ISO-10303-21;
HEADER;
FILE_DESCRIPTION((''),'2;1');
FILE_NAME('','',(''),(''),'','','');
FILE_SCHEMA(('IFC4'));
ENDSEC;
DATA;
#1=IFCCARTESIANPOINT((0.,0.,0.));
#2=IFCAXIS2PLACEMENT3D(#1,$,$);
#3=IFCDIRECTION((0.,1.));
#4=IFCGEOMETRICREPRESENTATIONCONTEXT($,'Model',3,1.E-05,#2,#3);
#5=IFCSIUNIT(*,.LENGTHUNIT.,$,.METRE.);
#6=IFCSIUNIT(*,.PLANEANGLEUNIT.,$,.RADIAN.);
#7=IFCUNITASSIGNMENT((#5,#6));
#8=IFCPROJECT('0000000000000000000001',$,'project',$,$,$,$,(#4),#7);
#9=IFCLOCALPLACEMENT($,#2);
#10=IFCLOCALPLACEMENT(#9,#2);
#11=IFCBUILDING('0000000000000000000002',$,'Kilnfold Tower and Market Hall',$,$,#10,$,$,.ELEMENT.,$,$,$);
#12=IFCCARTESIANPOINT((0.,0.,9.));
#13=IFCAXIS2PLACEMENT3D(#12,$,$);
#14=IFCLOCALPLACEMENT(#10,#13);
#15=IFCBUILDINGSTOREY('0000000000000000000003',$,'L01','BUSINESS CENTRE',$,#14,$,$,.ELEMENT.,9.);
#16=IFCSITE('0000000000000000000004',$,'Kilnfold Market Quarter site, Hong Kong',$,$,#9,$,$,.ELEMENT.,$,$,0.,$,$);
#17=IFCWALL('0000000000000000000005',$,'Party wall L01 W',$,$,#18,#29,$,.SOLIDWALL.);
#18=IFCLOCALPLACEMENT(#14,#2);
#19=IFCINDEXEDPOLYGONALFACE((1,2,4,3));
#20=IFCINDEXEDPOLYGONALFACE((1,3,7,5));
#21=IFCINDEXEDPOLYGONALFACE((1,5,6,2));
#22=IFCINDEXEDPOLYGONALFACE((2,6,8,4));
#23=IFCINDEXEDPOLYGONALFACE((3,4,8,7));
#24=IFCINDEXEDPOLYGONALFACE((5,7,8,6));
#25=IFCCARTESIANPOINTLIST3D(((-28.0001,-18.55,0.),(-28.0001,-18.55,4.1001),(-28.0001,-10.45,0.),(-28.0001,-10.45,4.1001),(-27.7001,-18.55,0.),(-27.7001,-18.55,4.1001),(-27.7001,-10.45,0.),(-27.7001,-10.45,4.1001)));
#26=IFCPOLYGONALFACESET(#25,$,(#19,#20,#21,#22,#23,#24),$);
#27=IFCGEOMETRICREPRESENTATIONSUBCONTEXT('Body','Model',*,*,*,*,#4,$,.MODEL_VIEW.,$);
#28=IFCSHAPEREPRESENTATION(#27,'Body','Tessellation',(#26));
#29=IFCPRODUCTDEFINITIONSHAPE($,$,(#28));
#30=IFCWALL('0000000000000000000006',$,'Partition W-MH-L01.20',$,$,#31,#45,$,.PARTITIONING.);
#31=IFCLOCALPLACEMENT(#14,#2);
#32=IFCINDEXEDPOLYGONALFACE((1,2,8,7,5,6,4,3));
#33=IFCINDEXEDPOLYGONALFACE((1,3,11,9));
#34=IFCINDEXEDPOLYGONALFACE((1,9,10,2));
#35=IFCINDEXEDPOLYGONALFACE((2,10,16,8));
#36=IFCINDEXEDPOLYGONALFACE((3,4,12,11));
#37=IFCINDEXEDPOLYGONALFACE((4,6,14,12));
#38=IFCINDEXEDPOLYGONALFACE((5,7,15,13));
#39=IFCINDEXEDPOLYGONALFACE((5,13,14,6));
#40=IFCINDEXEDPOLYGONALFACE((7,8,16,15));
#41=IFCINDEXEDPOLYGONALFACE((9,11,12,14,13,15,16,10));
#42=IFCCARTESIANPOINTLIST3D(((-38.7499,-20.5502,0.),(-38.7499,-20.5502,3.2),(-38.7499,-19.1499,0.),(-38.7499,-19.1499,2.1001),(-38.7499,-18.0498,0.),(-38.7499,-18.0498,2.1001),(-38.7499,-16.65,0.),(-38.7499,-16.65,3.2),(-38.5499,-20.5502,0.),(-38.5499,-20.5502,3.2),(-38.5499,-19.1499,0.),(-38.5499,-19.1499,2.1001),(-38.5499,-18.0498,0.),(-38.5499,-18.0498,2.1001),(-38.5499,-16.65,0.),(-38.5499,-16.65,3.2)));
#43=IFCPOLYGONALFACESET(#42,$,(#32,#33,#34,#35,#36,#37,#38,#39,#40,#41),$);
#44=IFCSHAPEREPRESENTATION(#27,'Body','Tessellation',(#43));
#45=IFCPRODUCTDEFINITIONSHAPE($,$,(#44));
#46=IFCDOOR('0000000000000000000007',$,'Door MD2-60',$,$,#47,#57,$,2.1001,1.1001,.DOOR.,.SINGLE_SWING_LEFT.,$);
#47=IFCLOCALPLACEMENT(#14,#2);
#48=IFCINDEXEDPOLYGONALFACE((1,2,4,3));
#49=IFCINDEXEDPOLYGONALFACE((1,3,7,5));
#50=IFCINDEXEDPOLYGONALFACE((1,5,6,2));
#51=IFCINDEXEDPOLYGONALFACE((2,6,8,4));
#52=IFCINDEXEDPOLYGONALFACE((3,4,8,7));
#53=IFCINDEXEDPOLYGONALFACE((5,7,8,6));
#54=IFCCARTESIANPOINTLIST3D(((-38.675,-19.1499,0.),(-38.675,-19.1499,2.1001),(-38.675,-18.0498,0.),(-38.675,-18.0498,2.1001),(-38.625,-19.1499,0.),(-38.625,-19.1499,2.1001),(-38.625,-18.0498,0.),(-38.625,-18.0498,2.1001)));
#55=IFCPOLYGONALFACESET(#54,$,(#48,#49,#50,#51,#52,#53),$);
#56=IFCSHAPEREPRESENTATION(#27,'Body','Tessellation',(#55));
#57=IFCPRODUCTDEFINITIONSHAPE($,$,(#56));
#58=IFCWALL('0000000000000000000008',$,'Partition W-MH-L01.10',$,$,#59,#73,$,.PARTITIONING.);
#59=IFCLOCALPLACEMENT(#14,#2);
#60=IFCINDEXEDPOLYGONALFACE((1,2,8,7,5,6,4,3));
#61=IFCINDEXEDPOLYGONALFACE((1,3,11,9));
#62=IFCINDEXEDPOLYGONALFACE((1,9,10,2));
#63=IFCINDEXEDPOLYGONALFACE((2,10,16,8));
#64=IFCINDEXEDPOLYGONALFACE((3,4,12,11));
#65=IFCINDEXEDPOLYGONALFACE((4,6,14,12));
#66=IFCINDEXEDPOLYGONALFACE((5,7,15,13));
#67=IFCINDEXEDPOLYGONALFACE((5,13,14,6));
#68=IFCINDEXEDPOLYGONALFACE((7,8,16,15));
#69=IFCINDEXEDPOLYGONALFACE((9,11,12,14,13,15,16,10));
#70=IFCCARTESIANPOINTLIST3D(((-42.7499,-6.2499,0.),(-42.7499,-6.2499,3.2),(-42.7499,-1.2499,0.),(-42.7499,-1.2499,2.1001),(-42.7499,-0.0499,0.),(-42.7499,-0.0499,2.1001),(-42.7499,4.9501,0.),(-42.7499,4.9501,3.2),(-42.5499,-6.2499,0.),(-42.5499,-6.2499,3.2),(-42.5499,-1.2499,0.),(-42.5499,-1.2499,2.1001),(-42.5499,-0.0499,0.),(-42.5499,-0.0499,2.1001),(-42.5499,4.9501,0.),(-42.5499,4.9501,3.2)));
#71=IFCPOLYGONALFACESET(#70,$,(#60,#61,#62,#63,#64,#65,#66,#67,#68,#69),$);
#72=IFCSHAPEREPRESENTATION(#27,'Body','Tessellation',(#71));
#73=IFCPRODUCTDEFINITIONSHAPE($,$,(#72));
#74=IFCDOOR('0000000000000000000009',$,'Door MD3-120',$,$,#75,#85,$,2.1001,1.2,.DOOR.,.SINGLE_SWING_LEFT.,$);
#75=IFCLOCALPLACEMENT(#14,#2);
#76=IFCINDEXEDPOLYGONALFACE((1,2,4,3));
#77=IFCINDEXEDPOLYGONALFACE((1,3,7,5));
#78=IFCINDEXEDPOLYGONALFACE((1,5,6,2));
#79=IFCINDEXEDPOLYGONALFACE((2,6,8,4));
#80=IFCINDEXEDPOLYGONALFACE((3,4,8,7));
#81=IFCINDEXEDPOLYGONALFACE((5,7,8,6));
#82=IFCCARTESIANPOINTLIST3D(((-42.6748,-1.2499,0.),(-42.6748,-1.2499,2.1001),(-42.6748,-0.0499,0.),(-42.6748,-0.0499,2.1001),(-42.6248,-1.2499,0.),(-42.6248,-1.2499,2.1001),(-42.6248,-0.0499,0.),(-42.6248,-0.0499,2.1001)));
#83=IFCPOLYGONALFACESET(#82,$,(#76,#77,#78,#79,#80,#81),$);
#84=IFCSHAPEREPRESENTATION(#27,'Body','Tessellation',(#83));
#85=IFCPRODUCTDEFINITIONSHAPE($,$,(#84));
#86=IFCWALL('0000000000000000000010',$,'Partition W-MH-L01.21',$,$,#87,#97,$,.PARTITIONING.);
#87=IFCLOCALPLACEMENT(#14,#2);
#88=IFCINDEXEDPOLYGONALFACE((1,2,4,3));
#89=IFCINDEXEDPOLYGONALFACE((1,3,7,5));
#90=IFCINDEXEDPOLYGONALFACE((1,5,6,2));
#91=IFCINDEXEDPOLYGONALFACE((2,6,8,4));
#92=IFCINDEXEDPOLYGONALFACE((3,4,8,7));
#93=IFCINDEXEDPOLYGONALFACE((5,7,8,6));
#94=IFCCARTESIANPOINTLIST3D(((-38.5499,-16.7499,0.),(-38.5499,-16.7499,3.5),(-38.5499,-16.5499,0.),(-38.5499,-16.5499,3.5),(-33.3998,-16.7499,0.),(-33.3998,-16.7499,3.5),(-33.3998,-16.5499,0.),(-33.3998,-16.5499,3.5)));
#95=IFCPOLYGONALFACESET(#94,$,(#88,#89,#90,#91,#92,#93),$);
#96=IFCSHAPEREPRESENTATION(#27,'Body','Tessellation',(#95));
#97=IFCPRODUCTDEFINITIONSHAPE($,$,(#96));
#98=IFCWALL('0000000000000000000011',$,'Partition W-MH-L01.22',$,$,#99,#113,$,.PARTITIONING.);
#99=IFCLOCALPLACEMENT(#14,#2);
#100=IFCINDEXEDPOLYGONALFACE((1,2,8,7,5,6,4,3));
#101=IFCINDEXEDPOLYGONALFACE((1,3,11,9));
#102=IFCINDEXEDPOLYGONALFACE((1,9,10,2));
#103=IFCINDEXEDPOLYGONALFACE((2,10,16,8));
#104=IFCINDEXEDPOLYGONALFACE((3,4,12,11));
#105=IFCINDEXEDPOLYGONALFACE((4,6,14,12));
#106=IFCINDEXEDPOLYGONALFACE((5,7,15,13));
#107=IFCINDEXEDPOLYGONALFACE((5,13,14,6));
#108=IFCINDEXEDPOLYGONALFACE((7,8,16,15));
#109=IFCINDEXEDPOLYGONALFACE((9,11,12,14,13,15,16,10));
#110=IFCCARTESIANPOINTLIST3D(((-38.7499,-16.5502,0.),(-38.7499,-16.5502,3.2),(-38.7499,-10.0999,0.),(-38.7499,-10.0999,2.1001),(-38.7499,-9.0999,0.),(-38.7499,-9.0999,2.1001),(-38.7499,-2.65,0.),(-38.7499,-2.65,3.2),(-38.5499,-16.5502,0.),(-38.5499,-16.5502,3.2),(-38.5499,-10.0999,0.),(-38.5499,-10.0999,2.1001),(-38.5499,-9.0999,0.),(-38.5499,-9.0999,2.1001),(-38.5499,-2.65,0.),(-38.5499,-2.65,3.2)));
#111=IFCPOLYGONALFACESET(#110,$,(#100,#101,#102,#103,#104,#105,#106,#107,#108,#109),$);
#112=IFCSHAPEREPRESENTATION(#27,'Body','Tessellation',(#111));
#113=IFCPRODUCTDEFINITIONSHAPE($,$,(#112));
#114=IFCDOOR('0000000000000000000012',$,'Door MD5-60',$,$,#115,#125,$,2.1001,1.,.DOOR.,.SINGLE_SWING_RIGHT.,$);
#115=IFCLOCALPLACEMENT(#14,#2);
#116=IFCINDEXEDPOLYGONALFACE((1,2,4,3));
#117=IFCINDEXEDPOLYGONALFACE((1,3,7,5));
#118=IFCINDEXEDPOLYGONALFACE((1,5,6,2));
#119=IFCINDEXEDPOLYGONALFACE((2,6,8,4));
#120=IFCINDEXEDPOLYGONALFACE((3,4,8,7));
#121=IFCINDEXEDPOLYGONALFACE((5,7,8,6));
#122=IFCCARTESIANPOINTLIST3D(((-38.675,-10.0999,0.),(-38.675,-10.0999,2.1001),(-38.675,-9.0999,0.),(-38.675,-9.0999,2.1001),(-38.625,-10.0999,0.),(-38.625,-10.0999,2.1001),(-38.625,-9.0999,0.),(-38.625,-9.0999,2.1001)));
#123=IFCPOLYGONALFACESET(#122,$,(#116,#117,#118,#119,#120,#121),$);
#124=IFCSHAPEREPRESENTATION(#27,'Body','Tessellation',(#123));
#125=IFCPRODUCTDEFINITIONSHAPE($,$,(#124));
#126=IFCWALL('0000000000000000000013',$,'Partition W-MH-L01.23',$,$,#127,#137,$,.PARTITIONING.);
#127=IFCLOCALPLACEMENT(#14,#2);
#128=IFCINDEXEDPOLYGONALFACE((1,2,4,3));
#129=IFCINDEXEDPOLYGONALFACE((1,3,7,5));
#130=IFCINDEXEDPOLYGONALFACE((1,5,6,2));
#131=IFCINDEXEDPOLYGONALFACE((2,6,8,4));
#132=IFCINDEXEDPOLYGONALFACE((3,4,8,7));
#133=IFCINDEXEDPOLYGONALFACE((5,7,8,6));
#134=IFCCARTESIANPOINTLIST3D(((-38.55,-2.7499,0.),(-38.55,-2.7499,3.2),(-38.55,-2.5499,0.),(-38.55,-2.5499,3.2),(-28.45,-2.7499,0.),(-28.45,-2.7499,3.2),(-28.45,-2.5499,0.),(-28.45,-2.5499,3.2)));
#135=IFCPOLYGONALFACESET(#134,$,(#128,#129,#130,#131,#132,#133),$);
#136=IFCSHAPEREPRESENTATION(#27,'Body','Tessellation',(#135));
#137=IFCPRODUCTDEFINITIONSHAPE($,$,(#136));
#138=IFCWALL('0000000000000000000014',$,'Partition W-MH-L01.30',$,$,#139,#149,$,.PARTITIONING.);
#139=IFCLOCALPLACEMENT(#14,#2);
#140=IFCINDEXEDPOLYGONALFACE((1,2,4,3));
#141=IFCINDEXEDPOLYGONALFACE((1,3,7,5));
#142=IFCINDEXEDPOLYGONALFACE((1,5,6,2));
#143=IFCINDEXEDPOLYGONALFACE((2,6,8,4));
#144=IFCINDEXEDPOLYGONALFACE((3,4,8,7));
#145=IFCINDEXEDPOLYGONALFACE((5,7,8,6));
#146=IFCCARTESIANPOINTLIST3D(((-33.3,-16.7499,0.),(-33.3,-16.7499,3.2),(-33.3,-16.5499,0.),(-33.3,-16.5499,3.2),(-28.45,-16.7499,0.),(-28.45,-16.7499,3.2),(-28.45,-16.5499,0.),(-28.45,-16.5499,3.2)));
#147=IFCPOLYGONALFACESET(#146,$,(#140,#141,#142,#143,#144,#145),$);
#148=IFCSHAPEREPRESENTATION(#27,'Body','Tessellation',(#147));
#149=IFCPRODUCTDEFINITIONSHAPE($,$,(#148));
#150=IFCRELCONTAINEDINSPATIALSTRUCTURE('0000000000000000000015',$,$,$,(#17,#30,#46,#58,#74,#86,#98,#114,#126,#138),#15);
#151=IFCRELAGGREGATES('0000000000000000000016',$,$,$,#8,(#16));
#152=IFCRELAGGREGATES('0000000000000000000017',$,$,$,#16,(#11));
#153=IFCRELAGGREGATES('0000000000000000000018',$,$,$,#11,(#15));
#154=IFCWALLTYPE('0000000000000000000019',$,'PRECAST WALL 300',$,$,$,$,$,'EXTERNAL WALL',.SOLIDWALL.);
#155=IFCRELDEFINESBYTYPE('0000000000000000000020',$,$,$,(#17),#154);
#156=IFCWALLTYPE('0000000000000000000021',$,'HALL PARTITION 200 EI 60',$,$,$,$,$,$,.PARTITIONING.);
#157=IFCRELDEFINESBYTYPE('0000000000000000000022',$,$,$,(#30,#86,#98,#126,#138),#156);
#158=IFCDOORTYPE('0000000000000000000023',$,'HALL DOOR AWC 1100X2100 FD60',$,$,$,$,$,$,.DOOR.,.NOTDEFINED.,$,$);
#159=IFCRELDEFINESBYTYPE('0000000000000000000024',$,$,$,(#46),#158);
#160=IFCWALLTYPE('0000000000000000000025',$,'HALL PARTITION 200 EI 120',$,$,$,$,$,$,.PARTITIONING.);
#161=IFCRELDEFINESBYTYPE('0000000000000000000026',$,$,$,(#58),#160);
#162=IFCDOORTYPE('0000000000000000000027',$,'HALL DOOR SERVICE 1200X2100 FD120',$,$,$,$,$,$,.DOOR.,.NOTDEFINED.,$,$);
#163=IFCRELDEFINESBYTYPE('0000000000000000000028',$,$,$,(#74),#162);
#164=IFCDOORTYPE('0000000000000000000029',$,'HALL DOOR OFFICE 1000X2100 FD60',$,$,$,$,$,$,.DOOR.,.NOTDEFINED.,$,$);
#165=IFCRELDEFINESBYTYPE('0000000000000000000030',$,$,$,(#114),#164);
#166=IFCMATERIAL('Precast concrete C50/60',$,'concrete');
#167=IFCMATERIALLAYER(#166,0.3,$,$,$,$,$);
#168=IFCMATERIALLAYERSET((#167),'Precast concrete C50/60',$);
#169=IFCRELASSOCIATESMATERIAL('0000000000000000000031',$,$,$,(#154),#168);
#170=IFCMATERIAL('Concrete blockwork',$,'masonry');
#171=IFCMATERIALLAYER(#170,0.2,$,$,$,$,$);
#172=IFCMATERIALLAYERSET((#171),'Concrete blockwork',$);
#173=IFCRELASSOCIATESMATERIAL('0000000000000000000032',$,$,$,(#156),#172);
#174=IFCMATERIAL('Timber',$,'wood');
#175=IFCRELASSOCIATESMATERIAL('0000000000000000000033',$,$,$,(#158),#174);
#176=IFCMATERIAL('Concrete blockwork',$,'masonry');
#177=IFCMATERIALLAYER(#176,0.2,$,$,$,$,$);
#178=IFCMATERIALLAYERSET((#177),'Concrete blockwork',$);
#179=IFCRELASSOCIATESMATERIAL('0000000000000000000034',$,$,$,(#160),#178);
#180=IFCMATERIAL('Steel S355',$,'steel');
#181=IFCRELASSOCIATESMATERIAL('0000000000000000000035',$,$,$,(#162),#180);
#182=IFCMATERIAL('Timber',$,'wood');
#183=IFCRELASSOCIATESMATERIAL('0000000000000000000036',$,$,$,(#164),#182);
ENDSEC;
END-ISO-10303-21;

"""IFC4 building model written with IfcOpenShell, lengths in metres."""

from ifc_helpers import new_model, si_unit, direction, frame, frame_2d, origin, place, context, subcontext, project, spatial, rectangle, extrude, source, transform, mapped, material, layer, layer_set, type_object, element, fill, save


model = new_model("IFC4")

# Units and contexts
model_context = context("Model", 3, precision=1e-05, world=origin(), true_north=direction((0.0, 1.0)))
body_context = subcontext(model_context, "Body", "Model", "MODEL_VIEW")
ifc_project = project(units=[si_unit("LENGTHUNIT", "METRE"), si_unit("PLANEANGLEUNIT", "RADIAN")], contexts=[model_context])

# Site, building, storey
site_placement = place(None, origin())
site = spatial("IfcSite", under=ifc_project, at=site_placement, Name="Kilnfold Market Quarter site, Hong Kong", CompositionType="ELEMENT", RefElevation=0.0)
building_placement = place(site_placement, origin())
building = spatial("IfcBuilding", under=site, at=building_placement, Name="Kilnfold Tower and Market Hall", CompositionType="ELEMENT")
storey_placement = place(building_placement, frame((0.0, 0.0, 9.0)))
storey = spatial("IfcBuildingStorey", under=building, at=storey_placement, Name="L01", Description="BUSINESS CENTRE", CompositionType="ELEMENT", Elevation=9.0)

# Wall
ifc_material_1 = material(Name="Precast concrete C50/60", Category="concrete")
ifc_layer_1 = layer(ifc_material_1, 0.3)
ifc_layer_set_1 = layer_set([ifc_layer_1], Name="Precast concrete C50/60")
wall_type_1 = type_object("IfcWallType", Name="PRECAST WALL 300", ElementType="EXTERNAL WALL", PredefinedType="SOLIDWALL", material=ifc_layer_set_1)
shared_shape_1 = source(origin(), body_context, "Body", "SweptSolid", [
    extrude(rectangle(XDim=8.1001, YDim=0.3, at=frame_2d((4.05, 0.0))), origin(), (0.0, 0.0, 1.0), 4.1001),
])
for number, where, z_axis, x_axis, name in (
    (1, (-27.8501, -10.45, 0.0), (0.0, 0.0, 1.0), (0.0, -1.0, 0.0), "Party wall L01 W"),
):
    element("IfcWall", number, at=place(storey_placement, frame(where, z_axis=z_axis, x_axis=x_axis)), inside=storey, type_object=wall_type_1, Name=name, PredefinedType="SOLIDWALL", context=body_context, shape_type="MappedRepresentation", body=[
        mapped(shared_shape_1, transform((0.0, 0.0, 0.0))),
    ])

# Walls, openings, doors
ifc_material_2 = material(Name="Concrete blockwork", Category="masonry")
ifc_layer_2 = layer(ifc_material_2, 0.2)
ifc_layer_set_2 = layer_set([ifc_layer_2], Name="Concrete blockwork")
wall_type_2 = type_object("IfcWallType", Name="HALL PARTITION 200 EI 60", PredefinedType="PARTITIONING", material=ifc_layer_set_2)
shared_shape_2 = source(origin(), body_context, "Body", "SweptSolid", [
    extrude(rectangle(XDim=3.9001, YDim=0.2, at=frame_2d((1.9502, 0.0))), origin(), (0.0, 0.0, 1.0), 3.2),
])
wall_1_placement = place(storey_placement, frame((-38.6499, -16.6499, 0.0), z_axis=(0.0, 0.0, 1.0), x_axis=(0.0, -1.0, 0.0)))
wall_1 = element("IfcWall", 2, at=wall_1_placement, inside=storey, type_object=wall_type_2, Name="Partition W-MH-L01.20", PredefinedType="PARTITIONING", context=body_context, shape_type="MappedRepresentation", body=[
    mapped(shared_shape_2, transform((0.0, 0.0, 0.0))),
])
opening_1_placement = place(wall_1_placement, frame((1.3999, 0.0, 0.0)))
opening_1 = element("IfcOpeningElement", 3, at=opening_1_placement, cuts=wall_1, PredefinedType="OPENING", context=body_context, shape_type="SweptSolid", body=[
    extrude(rectangle(XDim=1.1001, YDim=2.1001, at=frame_2d((0.55, 1.05))), frame((0.0, 0.1099, 0.0), z_axis=(0.0, -1.0, 0.0), x_axis=(1.0, 0.0, 0.0)), (0.0, 0.0, 1.0), 0.22),
])
ifc_material_3 = material(Name="Timber", Category="wood")
door_type_1 = type_object("IfcDoorType", Name="HALL DOOR AWC 1100X2100 FD60", OperationType="NOTDEFINED", PredefinedType="DOOR", material=ifc_material_3)
door_1_placement = place(opening_1_placement, origin())
door_1 = element("IfcDoor", 4, at=door_1_placement, inside=storey, type_object=door_type_1, Name="Door MD2-60", OperationType="SINGLE_SWING_LEFT", OverallHeight=2.1001, OverallWidth=1.1001, PredefinedType="DOOR", context=body_context, shape_type="SweptSolid", body=[
    extrude(rectangle(XDim=1.1001, YDim=2.1001, at=frame_2d((0.55, 1.05))), frame((0.0, 0.0249, 0.0), z_axis=(0.0, -1.0, 0.0), x_axis=(1.0, 0.0, 0.0)), (0.0, 0.0, 1.0), 0.05),
])
fill(opening_1, door_1)
ifc_material_4 = material(Name="Concrete blockwork", Category="masonry")
ifc_layer_3 = layer(ifc_material_4, 0.2)
ifc_layer_set_3 = layer_set([ifc_layer_3], Name="Concrete blockwork")
wall_type_3 = type_object("IfcWallType", Name="HALL PARTITION 200 EI 120", PredefinedType="PARTITIONING", material=ifc_layer_set_3)
shared_shape_3 = source(origin(), body_context, "Body", "SweptSolid", [
    extrude(rectangle(XDim=11.2, YDim=0.2, at=frame_2d((5.6001, 0.0))), origin(), (0.0, 0.0, 1.0), 3.2),
])
wall_2_placement = place(storey_placement, frame((-42.6499, -6.25, 0.0), z_axis=(0.0, 0.0, 1.0), x_axis=(0.0, 1.0, 0.0)))
wall_2 = element("IfcWall", 5, at=wall_2_placement, inside=storey, type_object=wall_type_3, Name="Partition W-MH-L01.10", PredefinedType="PARTITIONING", context=body_context, shape_type="MappedRepresentation", body=[
    mapped(shared_shape_3, transform((0.0, 0.0, 0.0))),
])
opening_2_placement = place(wall_2_placement, frame((5.0, 0.0, 0.0)))
opening_2 = element("IfcOpeningElement", 6, at=opening_2_placement, cuts=wall_2, PredefinedType="OPENING", context=body_context, shape_type="SweptSolid", body=[
    extrude(rectangle(XDim=1.2, YDim=2.1001, at=frame_2d((0.6001, 1.05))), frame((0.0, 0.1099, 0.0), z_axis=(0.0, -1.0, 0.0), x_axis=(1.0, 0.0, 0.0)), (0.0, 0.0, 1.0), 0.22),
])
ifc_material_5 = material(Name="Steel S355", Category="steel")
door_type_2 = type_object("IfcDoorType", Name="HALL DOOR SERVICE 1200X2100 FD120", OperationType="NOTDEFINED", PredefinedType="DOOR", material=ifc_material_5)
door_2_placement = place(opening_2_placement, origin())
door_2 = element("IfcDoor", 7, at=door_2_placement, inside=storey, type_object=door_type_2, Name="Door MD3-120", OperationType="SINGLE_SWING_LEFT", OverallHeight=2.1001, OverallWidth=1.2, PredefinedType="DOOR", context=body_context, shape_type="SweptSolid", body=[
    extrude(rectangle(XDim=1.2, YDim=2.1001, at=frame_2d((0.6001, 1.05))), frame((0.0, 0.0249, 0.0), z_axis=(0.0, -1.0, 0.0), x_axis=(1.0, 0.0, 0.0)), (0.0, 0.0, 1.0), 0.05),
])
fill(opening_2, door_2)

# Wall
shared_shape_4 = source(origin(), body_context, "Body", "SweptSolid", [
    extrude(rectangle(XDim=5.1501, YDim=0.2, at=frame_2d((2.5752, 0.0))), origin(), (0.0, 0.0, 1.0), 3.5),
])
wall_3_placement = place(storey_placement, frame((-38.55, -16.6499, 0.0), z_axis=(0.0, 0.0, 1.0), x_axis=(1.0, 0.0, 0.0)))
element("IfcWall", 8, at=wall_3_placement, inside=storey, type_object=wall_type_2, Name="Partition W-MH-L01.21", PredefinedType="PARTITIONING", context=body_context, shape_type="MappedRepresentation", body=[
    mapped(shared_shape_4, transform((0.0, 0.0, 0.0))),
])

# Wall, opening, door
shared_shape_5 = source(origin(), body_context, "Body", "SweptSolid", [
    extrude(rectangle(XDim=13.9001, YDim=0.2, at=frame_2d((6.9502, 0.0))), origin(), (0.0, 0.0, 1.0), 3.2),
])
wall_4_placement = place(storey_placement, frame((-38.6499, -2.6499, 0.0), z_axis=(0.0, 0.0, 1.0), x_axis=(0.0, -1.0, 0.0)))
wall_4 = element("IfcWall", 9, at=wall_4_placement, inside=storey, type_object=wall_type_2, Name="Partition W-MH-L01.22", PredefinedType="PARTITIONING", context=body_context, shape_type="MappedRepresentation", body=[
    mapped(shared_shape_5, transform((0.0, 0.0, 0.0))),
])
opening_3_placement = place(wall_4_placement, frame((6.45, 0.0, 0.0)))
opening_3 = element("IfcOpeningElement", 10, at=opening_3_placement, cuts=wall_4, PredefinedType="OPENING", context=body_context, shape_type="SweptSolid", body=[
    extrude(rectangle(XDim=1.0, YDim=2.1001, at=frame_2d((0.5, 1.05))), frame((0.0, 0.1099, 0.0), z_axis=(0.0, -1.0, 0.0), x_axis=(1.0, 0.0, 0.0)), (0.0, 0.0, 1.0), 0.22),
])
ifc_material_6 = material(Name="Timber", Category="wood")
door_type_3 = type_object("IfcDoorType", Name="HALL DOOR OFFICE 1000X2100 FD60", OperationType="NOTDEFINED", PredefinedType="DOOR", material=ifc_material_6)
door_3_placement = place(opening_3_placement, origin())
door_3 = element("IfcDoor", 11, at=door_3_placement, inside=storey, type_object=door_type_3, Name="Door MD5-60", OperationType="SINGLE_SWING_RIGHT", OverallHeight=2.1001, OverallWidth=1.0, PredefinedType="DOOR", context=body_context, shape_type="SweptSolid", body=[
    extrude(rectangle(XDim=1.0, YDim=2.1001, at=frame_2d((0.5, 1.05))), frame((0.0, 0.0249, 0.0), z_axis=(0.0, -1.0, 0.0), x_axis=(1.0, 0.0, 0.0)), (0.0, 0.0, 1.0), 0.05),
])
fill(opening_3, door_3)

# Walls
shared_shape_6 = source(origin(), body_context, "Body", "SweptSolid", [
    extrude(rectangle(XDim=10.1001, YDim=0.2, at=frame_2d((5.05, 0.0))), origin(), (0.0, 0.0, 1.0), 3.2),
])
wall_5_placement = place(storey_placement, frame((-38.55, -2.6499, 0.0), z_axis=(0.0, 0.0, 1.0), x_axis=(1.0, 0.0, 0.0)))
element("IfcWall", 12, at=wall_5_placement, inside=storey, type_object=wall_type_2, Name="Partition W-MH-L01.23", PredefinedType="PARTITIONING", context=body_context, shape_type="MappedRepresentation", body=[
    mapped(shared_shape_6, transform((0.0, 0.0, 0.0))),
])
shared_shape_7 = source(origin(), body_context, "Body", "SweptSolid", [
    extrude(rectangle(XDim=4.8501, YDim=0.2, at=frame_2d((2.425, 0.0))), origin(), (0.0, 0.0, 1.0), 3.2),
])
wall_6_placement = place(storey_placement, frame((-33.3, -16.6499, 0.0), z_axis=(0.0, 0.0, 1.0), x_axis=(1.0, 0.0, 0.0)))
element("IfcWall", 13, at=wall_6_placement, inside=storey, type_object=wall_type_2, Name="Partition W-MH-L01.30", PredefinedType="PARTITIONING", context=body_context, shape_type="MappedRepresentation", body=[
    mapped(shared_shape_7, transform((0.0, 0.0, 0.0))),
])

save(model, "model.ifc")
